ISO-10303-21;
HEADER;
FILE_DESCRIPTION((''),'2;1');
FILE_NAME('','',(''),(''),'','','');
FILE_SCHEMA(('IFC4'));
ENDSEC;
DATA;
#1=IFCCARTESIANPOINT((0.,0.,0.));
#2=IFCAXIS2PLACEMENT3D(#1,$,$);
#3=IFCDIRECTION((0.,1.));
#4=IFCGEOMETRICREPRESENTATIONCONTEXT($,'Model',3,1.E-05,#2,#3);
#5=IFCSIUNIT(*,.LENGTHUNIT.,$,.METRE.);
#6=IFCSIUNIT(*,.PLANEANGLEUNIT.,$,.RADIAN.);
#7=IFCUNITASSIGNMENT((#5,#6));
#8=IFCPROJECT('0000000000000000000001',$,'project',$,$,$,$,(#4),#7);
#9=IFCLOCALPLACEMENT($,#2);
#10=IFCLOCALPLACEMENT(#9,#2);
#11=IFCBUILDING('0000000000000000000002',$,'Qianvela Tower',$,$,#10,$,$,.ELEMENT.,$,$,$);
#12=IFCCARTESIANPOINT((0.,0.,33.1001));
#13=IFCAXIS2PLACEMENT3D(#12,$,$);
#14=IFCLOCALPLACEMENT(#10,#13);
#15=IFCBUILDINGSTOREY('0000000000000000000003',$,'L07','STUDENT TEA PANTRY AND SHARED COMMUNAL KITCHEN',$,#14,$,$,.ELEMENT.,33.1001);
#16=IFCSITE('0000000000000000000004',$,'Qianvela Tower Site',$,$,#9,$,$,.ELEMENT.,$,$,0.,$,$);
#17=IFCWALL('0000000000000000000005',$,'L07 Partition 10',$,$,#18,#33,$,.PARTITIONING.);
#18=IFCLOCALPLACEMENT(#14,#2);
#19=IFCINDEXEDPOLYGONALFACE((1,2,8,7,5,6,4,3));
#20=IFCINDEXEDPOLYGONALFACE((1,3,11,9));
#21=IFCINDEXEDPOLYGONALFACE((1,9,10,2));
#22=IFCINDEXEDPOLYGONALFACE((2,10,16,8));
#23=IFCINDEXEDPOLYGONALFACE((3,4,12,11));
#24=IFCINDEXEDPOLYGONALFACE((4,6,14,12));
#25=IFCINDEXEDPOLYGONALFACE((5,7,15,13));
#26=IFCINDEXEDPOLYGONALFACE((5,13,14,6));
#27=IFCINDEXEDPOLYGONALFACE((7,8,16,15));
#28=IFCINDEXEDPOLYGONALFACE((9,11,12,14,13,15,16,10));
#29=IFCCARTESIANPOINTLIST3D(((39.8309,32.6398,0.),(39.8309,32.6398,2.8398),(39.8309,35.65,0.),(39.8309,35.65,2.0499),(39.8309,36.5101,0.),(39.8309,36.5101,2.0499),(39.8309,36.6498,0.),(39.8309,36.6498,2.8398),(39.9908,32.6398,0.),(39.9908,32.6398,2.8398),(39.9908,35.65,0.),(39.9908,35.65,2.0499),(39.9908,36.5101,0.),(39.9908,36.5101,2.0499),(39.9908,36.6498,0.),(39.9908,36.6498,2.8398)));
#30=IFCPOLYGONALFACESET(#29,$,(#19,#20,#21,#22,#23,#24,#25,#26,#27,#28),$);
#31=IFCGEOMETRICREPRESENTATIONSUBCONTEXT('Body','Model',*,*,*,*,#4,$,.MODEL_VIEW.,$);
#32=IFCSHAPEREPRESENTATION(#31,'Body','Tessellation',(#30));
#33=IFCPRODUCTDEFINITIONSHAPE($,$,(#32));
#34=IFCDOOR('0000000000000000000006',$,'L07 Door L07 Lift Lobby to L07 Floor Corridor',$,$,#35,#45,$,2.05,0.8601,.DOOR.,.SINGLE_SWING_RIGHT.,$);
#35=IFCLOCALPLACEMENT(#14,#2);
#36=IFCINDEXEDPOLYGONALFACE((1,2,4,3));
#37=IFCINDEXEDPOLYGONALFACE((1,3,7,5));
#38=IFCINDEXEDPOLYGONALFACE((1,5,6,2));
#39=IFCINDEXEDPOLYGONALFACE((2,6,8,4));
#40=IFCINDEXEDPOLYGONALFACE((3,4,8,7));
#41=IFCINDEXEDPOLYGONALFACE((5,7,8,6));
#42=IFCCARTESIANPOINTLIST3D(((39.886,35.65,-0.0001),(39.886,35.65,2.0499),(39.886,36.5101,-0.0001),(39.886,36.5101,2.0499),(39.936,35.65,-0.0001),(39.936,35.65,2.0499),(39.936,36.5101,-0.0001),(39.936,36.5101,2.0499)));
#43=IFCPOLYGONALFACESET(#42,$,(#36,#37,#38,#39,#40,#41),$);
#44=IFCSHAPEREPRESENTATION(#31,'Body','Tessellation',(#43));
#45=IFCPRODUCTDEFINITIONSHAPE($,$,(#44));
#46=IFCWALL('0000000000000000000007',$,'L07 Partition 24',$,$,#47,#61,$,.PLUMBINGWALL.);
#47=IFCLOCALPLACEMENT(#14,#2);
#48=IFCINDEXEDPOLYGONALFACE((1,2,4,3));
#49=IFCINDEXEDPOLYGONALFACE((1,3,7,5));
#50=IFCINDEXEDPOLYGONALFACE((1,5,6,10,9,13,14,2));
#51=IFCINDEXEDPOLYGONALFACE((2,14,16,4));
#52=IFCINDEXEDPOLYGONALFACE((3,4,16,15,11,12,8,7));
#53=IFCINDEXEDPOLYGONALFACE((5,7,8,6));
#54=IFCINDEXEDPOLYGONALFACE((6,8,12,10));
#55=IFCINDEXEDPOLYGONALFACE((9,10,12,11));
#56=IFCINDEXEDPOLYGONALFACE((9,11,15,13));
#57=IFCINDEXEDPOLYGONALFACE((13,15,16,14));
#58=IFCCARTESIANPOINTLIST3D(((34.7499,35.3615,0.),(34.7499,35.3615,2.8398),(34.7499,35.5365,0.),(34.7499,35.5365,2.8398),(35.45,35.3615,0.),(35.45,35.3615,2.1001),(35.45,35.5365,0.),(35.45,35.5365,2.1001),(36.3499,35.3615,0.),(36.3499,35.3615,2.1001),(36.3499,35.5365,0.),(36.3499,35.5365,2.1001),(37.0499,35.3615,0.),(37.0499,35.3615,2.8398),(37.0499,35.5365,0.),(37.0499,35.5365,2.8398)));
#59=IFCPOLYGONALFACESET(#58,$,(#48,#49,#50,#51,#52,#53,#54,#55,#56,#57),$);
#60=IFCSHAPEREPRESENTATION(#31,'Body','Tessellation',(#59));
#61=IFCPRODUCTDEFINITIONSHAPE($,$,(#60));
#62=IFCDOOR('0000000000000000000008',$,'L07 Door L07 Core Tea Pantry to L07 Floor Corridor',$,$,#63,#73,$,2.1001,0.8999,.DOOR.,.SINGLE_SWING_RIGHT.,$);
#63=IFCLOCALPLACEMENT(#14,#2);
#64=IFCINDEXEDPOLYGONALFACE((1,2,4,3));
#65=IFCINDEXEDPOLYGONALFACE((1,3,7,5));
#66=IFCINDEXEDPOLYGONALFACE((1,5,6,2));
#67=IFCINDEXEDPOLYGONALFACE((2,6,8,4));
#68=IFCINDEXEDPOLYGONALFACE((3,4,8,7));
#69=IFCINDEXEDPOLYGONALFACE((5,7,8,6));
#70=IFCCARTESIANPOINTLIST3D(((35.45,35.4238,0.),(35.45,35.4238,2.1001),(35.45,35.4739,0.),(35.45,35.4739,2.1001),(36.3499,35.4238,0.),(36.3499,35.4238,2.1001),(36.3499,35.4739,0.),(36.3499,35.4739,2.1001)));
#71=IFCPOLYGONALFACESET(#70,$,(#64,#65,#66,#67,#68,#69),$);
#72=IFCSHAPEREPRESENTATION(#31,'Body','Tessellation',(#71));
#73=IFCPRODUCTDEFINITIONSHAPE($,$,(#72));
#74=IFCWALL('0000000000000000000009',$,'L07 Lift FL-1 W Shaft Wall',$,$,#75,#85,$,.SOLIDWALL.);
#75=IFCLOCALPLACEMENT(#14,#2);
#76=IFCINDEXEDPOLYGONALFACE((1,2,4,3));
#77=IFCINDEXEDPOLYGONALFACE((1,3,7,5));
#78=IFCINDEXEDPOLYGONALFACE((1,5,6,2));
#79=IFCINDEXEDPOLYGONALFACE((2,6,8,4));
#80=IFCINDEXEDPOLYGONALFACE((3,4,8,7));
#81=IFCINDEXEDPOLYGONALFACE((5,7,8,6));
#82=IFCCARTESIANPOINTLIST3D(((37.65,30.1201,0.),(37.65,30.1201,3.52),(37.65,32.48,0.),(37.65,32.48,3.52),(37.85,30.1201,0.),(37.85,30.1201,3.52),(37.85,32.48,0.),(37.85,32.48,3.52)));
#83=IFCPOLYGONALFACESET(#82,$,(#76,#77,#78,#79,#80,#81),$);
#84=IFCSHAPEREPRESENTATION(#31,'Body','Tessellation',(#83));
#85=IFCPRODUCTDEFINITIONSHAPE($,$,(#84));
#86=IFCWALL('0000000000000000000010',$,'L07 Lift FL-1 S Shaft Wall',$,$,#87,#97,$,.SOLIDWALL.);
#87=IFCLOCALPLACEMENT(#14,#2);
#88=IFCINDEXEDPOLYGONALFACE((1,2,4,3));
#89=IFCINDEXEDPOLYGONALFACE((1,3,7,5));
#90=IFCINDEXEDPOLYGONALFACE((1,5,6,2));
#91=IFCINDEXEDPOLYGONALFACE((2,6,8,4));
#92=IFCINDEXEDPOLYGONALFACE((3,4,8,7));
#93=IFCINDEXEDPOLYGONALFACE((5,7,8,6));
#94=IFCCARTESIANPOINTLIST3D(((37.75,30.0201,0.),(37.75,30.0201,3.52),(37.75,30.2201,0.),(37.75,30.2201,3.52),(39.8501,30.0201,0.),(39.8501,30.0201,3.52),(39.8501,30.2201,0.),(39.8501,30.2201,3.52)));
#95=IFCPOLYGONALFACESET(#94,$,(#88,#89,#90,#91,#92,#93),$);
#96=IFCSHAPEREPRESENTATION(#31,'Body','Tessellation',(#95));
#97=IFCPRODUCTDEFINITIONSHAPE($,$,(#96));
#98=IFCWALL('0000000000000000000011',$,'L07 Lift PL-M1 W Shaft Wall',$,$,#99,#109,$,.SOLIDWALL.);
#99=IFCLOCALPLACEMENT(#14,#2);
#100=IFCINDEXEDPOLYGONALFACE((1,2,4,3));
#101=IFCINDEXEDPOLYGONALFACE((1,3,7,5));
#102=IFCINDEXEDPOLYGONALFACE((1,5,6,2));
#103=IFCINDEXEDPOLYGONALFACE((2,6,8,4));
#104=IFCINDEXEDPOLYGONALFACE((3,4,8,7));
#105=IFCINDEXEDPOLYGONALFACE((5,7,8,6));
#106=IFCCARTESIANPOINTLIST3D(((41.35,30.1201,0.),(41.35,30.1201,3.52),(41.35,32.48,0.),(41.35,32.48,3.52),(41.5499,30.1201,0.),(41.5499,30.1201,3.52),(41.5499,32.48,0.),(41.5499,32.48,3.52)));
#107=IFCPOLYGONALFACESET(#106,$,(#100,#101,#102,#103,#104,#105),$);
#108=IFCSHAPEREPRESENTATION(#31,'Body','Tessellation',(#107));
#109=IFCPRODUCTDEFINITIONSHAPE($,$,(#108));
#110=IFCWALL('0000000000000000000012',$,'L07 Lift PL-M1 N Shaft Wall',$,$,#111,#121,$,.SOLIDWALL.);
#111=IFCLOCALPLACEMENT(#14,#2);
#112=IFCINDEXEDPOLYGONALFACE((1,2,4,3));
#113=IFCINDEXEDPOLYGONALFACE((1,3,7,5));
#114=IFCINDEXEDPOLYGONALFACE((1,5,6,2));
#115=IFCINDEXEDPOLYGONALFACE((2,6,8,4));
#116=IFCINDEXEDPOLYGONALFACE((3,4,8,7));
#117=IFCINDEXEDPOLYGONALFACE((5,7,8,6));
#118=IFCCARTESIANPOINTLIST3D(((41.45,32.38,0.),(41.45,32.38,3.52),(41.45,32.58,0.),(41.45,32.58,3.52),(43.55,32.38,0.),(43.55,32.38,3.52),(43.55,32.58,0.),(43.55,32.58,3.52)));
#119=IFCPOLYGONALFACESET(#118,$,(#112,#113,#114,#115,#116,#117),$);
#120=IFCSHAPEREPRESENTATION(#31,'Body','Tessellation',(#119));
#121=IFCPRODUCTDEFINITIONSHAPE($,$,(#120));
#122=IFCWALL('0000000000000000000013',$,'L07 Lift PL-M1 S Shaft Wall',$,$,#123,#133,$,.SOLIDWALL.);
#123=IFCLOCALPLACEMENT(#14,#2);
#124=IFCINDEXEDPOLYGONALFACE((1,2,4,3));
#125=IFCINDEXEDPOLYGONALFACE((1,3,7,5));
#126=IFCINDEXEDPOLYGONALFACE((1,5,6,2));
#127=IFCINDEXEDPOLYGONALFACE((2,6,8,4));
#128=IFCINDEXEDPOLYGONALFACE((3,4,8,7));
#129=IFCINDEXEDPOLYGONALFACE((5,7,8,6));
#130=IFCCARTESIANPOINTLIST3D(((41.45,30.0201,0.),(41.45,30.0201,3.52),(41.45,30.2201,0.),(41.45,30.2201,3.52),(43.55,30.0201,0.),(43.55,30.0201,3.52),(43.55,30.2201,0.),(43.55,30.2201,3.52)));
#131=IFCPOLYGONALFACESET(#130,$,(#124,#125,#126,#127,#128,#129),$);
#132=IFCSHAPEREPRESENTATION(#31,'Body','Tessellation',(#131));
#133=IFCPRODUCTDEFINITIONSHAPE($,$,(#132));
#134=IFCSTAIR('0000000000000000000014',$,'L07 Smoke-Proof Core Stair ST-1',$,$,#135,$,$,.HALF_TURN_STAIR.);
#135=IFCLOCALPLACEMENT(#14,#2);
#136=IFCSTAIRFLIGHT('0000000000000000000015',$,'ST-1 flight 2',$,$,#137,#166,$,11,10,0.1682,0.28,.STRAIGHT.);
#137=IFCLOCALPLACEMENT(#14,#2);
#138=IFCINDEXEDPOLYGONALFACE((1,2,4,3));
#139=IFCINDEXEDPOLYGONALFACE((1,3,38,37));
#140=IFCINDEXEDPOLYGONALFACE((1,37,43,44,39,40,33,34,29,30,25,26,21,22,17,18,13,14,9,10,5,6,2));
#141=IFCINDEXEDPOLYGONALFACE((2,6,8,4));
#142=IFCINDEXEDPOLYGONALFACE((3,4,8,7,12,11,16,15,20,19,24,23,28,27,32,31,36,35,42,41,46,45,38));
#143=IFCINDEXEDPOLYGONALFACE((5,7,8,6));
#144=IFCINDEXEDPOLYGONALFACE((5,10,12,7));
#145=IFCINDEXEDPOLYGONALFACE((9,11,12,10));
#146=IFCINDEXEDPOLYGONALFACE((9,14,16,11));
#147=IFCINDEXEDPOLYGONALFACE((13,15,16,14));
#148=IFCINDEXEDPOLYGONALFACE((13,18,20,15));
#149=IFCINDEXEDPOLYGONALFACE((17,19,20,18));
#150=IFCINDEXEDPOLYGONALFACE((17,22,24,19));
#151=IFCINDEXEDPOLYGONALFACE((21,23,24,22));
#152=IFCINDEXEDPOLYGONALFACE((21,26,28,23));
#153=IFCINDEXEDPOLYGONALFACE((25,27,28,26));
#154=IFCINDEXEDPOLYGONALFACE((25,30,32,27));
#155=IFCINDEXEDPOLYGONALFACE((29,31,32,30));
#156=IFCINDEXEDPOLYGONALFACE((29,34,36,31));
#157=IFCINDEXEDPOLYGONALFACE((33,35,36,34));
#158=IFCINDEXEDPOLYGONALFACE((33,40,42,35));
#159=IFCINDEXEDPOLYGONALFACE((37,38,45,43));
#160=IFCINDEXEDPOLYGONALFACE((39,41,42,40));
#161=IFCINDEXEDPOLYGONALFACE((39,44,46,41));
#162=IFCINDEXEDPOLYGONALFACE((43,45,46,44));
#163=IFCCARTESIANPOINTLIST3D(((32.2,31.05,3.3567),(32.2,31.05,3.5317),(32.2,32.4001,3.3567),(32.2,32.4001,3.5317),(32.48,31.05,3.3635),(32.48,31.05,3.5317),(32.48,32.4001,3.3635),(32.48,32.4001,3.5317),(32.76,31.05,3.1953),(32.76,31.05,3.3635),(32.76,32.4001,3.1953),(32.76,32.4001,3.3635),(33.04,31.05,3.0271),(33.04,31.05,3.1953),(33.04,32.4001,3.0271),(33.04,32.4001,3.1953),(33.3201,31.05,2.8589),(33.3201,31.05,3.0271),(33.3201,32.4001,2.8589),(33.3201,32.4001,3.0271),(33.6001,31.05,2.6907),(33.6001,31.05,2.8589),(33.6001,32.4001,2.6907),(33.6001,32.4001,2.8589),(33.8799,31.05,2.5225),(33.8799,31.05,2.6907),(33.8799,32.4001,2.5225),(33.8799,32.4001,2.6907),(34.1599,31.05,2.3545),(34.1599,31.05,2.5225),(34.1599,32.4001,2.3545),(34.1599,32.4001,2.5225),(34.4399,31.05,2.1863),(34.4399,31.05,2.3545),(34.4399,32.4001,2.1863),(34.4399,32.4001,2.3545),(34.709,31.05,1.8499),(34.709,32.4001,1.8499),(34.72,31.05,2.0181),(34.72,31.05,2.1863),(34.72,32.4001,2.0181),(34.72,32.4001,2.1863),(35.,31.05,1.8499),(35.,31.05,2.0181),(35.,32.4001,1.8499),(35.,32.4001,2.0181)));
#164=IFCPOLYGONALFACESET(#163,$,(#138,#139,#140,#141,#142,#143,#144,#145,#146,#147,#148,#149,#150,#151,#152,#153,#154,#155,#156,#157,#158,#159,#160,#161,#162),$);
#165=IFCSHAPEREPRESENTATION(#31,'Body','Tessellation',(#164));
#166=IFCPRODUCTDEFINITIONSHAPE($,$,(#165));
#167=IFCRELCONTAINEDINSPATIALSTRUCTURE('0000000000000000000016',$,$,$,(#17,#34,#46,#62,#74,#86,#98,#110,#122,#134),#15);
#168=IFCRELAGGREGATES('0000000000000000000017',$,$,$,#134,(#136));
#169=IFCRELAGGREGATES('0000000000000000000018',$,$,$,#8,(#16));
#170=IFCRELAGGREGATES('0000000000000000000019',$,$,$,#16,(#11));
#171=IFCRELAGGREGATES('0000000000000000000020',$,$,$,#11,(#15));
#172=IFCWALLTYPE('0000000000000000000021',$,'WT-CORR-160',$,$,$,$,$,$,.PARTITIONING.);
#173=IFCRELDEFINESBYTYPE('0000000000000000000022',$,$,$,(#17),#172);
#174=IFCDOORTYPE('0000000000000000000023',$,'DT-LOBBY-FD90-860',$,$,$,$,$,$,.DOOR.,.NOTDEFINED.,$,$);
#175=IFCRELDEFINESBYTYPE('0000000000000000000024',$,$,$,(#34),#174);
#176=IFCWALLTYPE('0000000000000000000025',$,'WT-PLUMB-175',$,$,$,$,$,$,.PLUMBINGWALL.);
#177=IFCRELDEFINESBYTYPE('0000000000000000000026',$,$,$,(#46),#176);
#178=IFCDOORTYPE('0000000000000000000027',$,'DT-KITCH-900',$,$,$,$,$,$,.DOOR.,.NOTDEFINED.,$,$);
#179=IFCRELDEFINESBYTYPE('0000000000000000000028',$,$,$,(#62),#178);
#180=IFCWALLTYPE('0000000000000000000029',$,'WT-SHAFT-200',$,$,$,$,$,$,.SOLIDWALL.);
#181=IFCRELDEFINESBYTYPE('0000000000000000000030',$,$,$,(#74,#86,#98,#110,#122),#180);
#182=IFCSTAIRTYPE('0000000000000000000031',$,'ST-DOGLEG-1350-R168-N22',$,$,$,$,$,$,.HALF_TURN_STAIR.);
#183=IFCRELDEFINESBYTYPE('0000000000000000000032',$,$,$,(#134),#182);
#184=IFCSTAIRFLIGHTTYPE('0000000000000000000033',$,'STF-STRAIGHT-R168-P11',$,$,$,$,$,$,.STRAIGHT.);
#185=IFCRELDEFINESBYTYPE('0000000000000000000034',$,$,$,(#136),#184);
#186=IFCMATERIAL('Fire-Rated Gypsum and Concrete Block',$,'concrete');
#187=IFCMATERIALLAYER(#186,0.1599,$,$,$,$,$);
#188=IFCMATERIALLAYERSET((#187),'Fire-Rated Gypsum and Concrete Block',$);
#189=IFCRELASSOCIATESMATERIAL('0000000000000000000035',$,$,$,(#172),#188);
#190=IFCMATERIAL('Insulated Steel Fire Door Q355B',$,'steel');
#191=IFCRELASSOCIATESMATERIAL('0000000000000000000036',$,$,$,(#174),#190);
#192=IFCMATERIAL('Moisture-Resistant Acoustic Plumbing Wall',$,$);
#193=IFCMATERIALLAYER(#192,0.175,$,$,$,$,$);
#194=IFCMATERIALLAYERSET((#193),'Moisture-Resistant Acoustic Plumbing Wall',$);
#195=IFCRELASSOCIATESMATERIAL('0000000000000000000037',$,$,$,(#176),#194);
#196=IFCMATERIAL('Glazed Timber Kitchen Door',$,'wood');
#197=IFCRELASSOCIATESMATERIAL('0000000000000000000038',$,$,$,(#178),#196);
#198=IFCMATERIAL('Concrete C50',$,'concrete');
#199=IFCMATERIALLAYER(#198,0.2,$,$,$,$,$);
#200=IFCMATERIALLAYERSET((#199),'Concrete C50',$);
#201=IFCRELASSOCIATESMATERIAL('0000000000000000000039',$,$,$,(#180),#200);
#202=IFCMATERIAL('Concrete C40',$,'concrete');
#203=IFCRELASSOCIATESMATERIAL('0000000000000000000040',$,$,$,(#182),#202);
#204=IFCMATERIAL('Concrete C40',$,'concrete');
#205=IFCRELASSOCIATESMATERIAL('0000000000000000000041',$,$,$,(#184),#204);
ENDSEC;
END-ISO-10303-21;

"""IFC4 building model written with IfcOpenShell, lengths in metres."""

from ifc_helpers import new_model, si_unit, direction, frame, frame_2d, origin, place, context, subcontext, project, spatial, polyline, rectangle, outline, extrude, material, layer, layer_set, type_object, element, fill, aggregate, save


model = new_model("IFC4")

# Units and contexts
model_context = context("Model", 3, precision=1e-05, world=origin(), true_north=direction((0.0, 1.0)))
body_context = subcontext(model_context, "Body", "Model", "MODEL_VIEW")
ifc_project = project(units=[si_unit("LENGTHUNIT", "METRE"), si_unit("PLANEANGLEUNIT", "RADIAN")], contexts=[model_context])

# Site, building, storey
site_placement = place(None, origin())
site = spatial("IfcSite", under=ifc_project, at=site_placement, Name="Qianvela Tower Site", CompositionType="ELEMENT", RefElevation=0.0)
building_placement = place(site_placement, origin())
building = spatial("IfcBuilding", under=site, at=building_placement, Name="Qianvela Tower", CompositionType="ELEMENT")
storey_placement = place(building_placement, frame((0.0, 0.0, 33.1001)))
storey = spatial("IfcBuildingStorey", under=building, at=storey_placement, Name="L07", Description="STUDENT TEA PANTRY AND SHARED COMMUNAL KITCHEN", CompositionType="ELEMENT", Elevation=33.1001)

# Walls, openings, doors
ifc_material_1 = material(Name="Fire-Rated Gypsum and Concrete Block", Category="concrete")
ifc_layer_1 = layer(ifc_material_1, 0.1599)
ifc_layer_set_1 = layer_set([ifc_layer_1], Name="Fire-Rated Gypsum and Concrete Block")
wall_type_1 = type_object("IfcWallType", Name="WT-CORR-160", PredefinedType="PARTITIONING", material=ifc_layer_set_1)
wall_1_placement = place(storey_placement, frame((39.9109, 32.6399, 0.0), z_axis=(0.0, 0.0, 1.0), x_axis=(0.0, 1.0, 0.0)))
wall_1 = element("IfcWall", 1, at=wall_1_placement, inside=storey, type_object=wall_type_1, Name="L07 Partition 10", PredefinedType="PARTITIONING", context=body_context, shape_type="SweptSolid", body=[
    extrude(rectangle(XDim=4.01, YDim=0.1599, at=frame_2d((2.0049, 0.0))), origin(), (0.0, 0.0, 1.0), 2.8398),
])
opening_1_placement = place(wall_1_placement, frame((3.01, 0.0, 0.0)))
opening_1 = element("IfcOpeningElement", 2, at=opening_1_placement, cuts=wall_1, PredefinedType="OPENING", context=body_context, shape_type="SweptSolid", body=[
    extrude(rectangle(XDim=0.8601, YDim=2.05, at=frame_2d((0.4302, 1.0249))), frame((0.0, 0.0898, 0.0), z_axis=(0.0, -1.0, 0.0), x_axis=(1.0, 0.0, 0.0)), (0.0, 0.0, 1.0), 0.1799),
])
ifc_material_2 = material(Name="Insulated Steel Fire Door Q355B", Category="steel")
door_type_1 = type_object("IfcDoorType", Name="DT-LOBBY-FD90-860", OperationType="NOTDEFINED", PredefinedType="DOOR", material=ifc_material_2)
door_1_placement = place(opening_1_placement, origin())
door_1 = element("IfcDoor", 3, at=door_1_placement, inside=storey, type_object=door_type_1, Name="L07 Door L07 Lift Lobby to L07 Floor Corridor", OperationType="SINGLE_SWING_RIGHT", OverallHeight=2.05, OverallWidth=0.8601, PredefinedType="DOOR", context=body_context, shape_type="SweptSolid", body=[
    extrude(rectangle(XDim=0.8601, YDim=2.05, at=frame_2d((0.4302, 1.0249))), frame((0.0, 0.0249, 0.0), z_axis=(0.0, -1.0, 0.0), x_axis=(1.0, 0.0, 0.0)), (0.0, 0.0, 1.0), 0.05),
])
fill(opening_1, door_1)
ifc_material_3 = material(Name="Moisture-Resistant Acoustic Plumbing Wall")
ifc_layer_2 = layer(ifc_material_3, 0.175)
ifc_layer_set_2 = layer_set([ifc_layer_2], Name="Moisture-Resistant Acoustic Plumbing Wall")
wall_type_2 = type_object("IfcWallType", Name="WT-PLUMB-175", PredefinedType="PLUMBINGWALL", material=ifc_layer_set_2)
wall_2_placement = place(storey_placement, frame((34.75, 35.449, 0.0), z_axis=(0.0, 0.0, 1.0), x_axis=(1.0, 0.0, 0.0)))
wall_2 = element("IfcWall", 4, at=wall_2_placement, inside=storey, type_object=wall_type_2, Name="L07 Partition 24", PredefinedType="PLUMBINGWALL", context=body_context, shape_type="SweptSolid", body=[
    extrude(rectangle(XDim=2.3, YDim=0.175, at=frame_2d((1.1499, 0.0))), origin(), (0.0, 0.0, 1.0), 2.8398),
])
opening_2_placement = place(wall_2_placement, frame((0.7, 0.0, 0.0)))
opening_2 = element("IfcOpeningElement", 5, at=opening_2_placement, cuts=wall_2, PredefinedType="OPENING", context=body_context, shape_type="SweptSolid", body=[
    extrude(rectangle(XDim=0.8999, YDim=2.1001, at=frame_2d((0.45, 1.05))), frame((0.0, 0.0974, 0.0), z_axis=(0.0, -1.0, 0.0), x_axis=(1.0, 0.0, 0.0)), (0.0, 0.0, 1.0), 0.1951),
])
ifc_material_4 = material(Name="Glazed Timber Kitchen Door", Category="wood")
door_type_2 = type_object("IfcDoorType", Name="DT-KITCH-900", OperationType="NOTDEFINED", PredefinedType="DOOR", material=ifc_material_4)
door_2_placement = place(opening_2_placement, origin())
door_2 = element("IfcDoor", 6, at=door_2_placement, inside=storey, type_object=door_type_2, Name="L07 Door L07 Core Tea Pantry to L07 Floor Corridor", OperationType="SINGLE_SWING_RIGHT", OverallHeight=2.1001, OverallWidth=0.8999, PredefinedType="DOOR", context=body_context, shape_type="SweptSolid", body=[
    extrude(rectangle(XDim=0.8999, YDim=2.1001, at=frame_2d((0.45, 1.05))), frame((0.0, 0.0249, 0.0), z_axis=(0.0, -1.0, 0.0), x_axis=(1.0, 0.0, 0.0)), (0.0, 0.0, 1.0), 0.05),
])
fill(opening_2, door_2)
ifc_material_5 = material(Name="Concrete C50", Category="concrete")
ifc_layer_3 = layer(ifc_material_5, 0.2)
ifc_layer_set_3 = layer_set([ifc_layer_3], Name="Concrete C50")
wall_type_3 = type_object("IfcWallType", Name="WT-SHAFT-200", PredefinedType="SOLIDWALL", material=ifc_layer_set_3)

# Walls
wall_3_placement = place(storey_placement, frame((37.75, 30.1201, 0.0), z_axis=(0.0, 0.0, 1.0), x_axis=(0.0, 1.0, 0.0)))
element("IfcWall", 7, at=wall_3_placement, inside=storey, type_object=wall_type_3, Name="L07 Lift FL-1 W Shaft Wall", PredefinedType="SOLIDWALL", context=body_context, shape_type="SweptSolid", body=[
    extrude(rectangle(XDim=2.3599, YDim=0.2, at=frame_2d((1.1799, 0.0))), origin(), (0.0, 0.0, 1.0), 3.52),
])
wall_4_placement = place(storey_placement, frame((37.75, 30.1201, 0.0), z_axis=(0.0, 0.0, 1.0), x_axis=(1.0, 0.0, 0.0)))
element("IfcWall", 8, at=wall_4_placement, inside=storey, type_object=wall_type_3, Name="L07 Lift FL-1 S Shaft Wall", PredefinedType="SOLIDWALL", context=body_context, shape_type="SweptSolid", body=[
    extrude(rectangle(XDim=2.1001, YDim=0.2, at=frame_2d((1.05, 0.0))), origin(), (0.0, 0.0, 1.0), 3.52),
])
wall_5_placement = place(storey_placement, frame((41.45, 30.1201, 0.0), z_axis=(0.0, 0.0, 1.0), x_axis=(0.0, 1.0, 0.0)))
element("IfcWall", 9, at=wall_5_placement, inside=storey, type_object=wall_type_3, Name="L07 Lift PL-M1 W Shaft Wall", PredefinedType="SOLIDWALL", context=body_context, shape_type="SweptSolid", body=[
    extrude(rectangle(XDim=2.3599, YDim=0.2, at=frame_2d((1.1799, 0.0))), origin(), (0.0, 0.0, 1.0), 3.52),
])
for number, where, z_axis, x_axis, name in (
    (10, (41.45, 32.48, 0.0), (0.0, 0.0, 1.0), (1.0, 0.0, 0.0), "L07 Lift PL-M1 N Shaft Wall"),
    (11, (41.45, 30.1201, 0.0), (0.0, 0.0, 1.0), (1.0, 0.0, 0.0), "L07 Lift PL-M1 S Shaft Wall"),
):
    element("IfcWall", number, at=place(storey_placement, frame(where, z_axis=z_axis, x_axis=x_axis)), inside=storey, type_object=wall_type_3, Name=name, PredefinedType="SOLIDWALL", context=body_context, shape_type="SweptSolid", body=[
        extrude(rectangle(XDim=2.1001, YDim=0.2, at=frame_2d((1.05, 0.0))), origin(), (0.0, 0.0, 1.0), 3.52),
    ])

# Stair, stair flight
ifc_material_6 = material(Name="Concrete C40", Category="concrete")
stair_type = type_object("IfcStairType", Name="ST-DOGLEG-1350-R168-N22", PredefinedType="HALF_TURN_STAIR", material=ifc_material_6)
stair_placement = place(storey_placement, origin())
stair = element("IfcStair", 12, at=stair_placement, inside=storey, type_object=stair_type, Name="L07 Smoke-Proof Core Stair ST-1", PredefinedType="HALF_TURN_STAIR")
ifc_material_7 = material(Name="Concrete C40", Category="concrete")
stair_flight_type = type_object("IfcStairFlightType", Name="STF-STRAIGHT-R168-P11", PredefinedType="STRAIGHT", material=ifc_material_7)
stair_flight_placement = place(storey_placement, frame((35.0, 31.7251, 1.8499), z_axis=(0.0, 0.0, 1.0), x_axis=(-1.0, 0.0, 0.0)))
stair_flight = element("IfcStairFlight", 13, at=stair_flight_placement, type_object=stair_flight_type, Name="ST-1 flight 2", NumberOfRisers=11, NumberOfTreads=10, PredefinedType="STRAIGHT", RiserHeight=0.1682, TreadLength=0.28, context=body_context, shape_type="SweptSolid", body=[
    extrude(outline(polyline([(0.0, 0.0), (0.0, 0.1682), (0.28, 0.1682), (0.28, 0.3364), (0.5601, 0.3364), (0.5601, 0.5046), (0.8401, 0.5046), (0.8401, 0.6726), (1.1201, 0.6726), (1.1201, 0.8408), (1.3999, 0.8408), (1.3999, 1.009), (1.6799, 1.009), (1.6799, 1.1772), (1.96, 1.1772), (1.96, 1.3455), (2.24, 1.3455), (2.24, 1.5137), (2.52, 1.5137), (2.52, 1.6819), (2.8, 1.6819), (2.8, 1.8501), (2.8, 1.5068), (0.291, 0.0), (0.0, 0.0)])), frame((0.0, 0.675, 0.0), z_axis=(0.0, -1.0, 0.0), x_axis=(1.0, 0.0, 0.0)), (0.0, 0.0, 1.0), 1.3501),
])
aggregate(stair, [stair_flight])

save(model, "model.ifc")
